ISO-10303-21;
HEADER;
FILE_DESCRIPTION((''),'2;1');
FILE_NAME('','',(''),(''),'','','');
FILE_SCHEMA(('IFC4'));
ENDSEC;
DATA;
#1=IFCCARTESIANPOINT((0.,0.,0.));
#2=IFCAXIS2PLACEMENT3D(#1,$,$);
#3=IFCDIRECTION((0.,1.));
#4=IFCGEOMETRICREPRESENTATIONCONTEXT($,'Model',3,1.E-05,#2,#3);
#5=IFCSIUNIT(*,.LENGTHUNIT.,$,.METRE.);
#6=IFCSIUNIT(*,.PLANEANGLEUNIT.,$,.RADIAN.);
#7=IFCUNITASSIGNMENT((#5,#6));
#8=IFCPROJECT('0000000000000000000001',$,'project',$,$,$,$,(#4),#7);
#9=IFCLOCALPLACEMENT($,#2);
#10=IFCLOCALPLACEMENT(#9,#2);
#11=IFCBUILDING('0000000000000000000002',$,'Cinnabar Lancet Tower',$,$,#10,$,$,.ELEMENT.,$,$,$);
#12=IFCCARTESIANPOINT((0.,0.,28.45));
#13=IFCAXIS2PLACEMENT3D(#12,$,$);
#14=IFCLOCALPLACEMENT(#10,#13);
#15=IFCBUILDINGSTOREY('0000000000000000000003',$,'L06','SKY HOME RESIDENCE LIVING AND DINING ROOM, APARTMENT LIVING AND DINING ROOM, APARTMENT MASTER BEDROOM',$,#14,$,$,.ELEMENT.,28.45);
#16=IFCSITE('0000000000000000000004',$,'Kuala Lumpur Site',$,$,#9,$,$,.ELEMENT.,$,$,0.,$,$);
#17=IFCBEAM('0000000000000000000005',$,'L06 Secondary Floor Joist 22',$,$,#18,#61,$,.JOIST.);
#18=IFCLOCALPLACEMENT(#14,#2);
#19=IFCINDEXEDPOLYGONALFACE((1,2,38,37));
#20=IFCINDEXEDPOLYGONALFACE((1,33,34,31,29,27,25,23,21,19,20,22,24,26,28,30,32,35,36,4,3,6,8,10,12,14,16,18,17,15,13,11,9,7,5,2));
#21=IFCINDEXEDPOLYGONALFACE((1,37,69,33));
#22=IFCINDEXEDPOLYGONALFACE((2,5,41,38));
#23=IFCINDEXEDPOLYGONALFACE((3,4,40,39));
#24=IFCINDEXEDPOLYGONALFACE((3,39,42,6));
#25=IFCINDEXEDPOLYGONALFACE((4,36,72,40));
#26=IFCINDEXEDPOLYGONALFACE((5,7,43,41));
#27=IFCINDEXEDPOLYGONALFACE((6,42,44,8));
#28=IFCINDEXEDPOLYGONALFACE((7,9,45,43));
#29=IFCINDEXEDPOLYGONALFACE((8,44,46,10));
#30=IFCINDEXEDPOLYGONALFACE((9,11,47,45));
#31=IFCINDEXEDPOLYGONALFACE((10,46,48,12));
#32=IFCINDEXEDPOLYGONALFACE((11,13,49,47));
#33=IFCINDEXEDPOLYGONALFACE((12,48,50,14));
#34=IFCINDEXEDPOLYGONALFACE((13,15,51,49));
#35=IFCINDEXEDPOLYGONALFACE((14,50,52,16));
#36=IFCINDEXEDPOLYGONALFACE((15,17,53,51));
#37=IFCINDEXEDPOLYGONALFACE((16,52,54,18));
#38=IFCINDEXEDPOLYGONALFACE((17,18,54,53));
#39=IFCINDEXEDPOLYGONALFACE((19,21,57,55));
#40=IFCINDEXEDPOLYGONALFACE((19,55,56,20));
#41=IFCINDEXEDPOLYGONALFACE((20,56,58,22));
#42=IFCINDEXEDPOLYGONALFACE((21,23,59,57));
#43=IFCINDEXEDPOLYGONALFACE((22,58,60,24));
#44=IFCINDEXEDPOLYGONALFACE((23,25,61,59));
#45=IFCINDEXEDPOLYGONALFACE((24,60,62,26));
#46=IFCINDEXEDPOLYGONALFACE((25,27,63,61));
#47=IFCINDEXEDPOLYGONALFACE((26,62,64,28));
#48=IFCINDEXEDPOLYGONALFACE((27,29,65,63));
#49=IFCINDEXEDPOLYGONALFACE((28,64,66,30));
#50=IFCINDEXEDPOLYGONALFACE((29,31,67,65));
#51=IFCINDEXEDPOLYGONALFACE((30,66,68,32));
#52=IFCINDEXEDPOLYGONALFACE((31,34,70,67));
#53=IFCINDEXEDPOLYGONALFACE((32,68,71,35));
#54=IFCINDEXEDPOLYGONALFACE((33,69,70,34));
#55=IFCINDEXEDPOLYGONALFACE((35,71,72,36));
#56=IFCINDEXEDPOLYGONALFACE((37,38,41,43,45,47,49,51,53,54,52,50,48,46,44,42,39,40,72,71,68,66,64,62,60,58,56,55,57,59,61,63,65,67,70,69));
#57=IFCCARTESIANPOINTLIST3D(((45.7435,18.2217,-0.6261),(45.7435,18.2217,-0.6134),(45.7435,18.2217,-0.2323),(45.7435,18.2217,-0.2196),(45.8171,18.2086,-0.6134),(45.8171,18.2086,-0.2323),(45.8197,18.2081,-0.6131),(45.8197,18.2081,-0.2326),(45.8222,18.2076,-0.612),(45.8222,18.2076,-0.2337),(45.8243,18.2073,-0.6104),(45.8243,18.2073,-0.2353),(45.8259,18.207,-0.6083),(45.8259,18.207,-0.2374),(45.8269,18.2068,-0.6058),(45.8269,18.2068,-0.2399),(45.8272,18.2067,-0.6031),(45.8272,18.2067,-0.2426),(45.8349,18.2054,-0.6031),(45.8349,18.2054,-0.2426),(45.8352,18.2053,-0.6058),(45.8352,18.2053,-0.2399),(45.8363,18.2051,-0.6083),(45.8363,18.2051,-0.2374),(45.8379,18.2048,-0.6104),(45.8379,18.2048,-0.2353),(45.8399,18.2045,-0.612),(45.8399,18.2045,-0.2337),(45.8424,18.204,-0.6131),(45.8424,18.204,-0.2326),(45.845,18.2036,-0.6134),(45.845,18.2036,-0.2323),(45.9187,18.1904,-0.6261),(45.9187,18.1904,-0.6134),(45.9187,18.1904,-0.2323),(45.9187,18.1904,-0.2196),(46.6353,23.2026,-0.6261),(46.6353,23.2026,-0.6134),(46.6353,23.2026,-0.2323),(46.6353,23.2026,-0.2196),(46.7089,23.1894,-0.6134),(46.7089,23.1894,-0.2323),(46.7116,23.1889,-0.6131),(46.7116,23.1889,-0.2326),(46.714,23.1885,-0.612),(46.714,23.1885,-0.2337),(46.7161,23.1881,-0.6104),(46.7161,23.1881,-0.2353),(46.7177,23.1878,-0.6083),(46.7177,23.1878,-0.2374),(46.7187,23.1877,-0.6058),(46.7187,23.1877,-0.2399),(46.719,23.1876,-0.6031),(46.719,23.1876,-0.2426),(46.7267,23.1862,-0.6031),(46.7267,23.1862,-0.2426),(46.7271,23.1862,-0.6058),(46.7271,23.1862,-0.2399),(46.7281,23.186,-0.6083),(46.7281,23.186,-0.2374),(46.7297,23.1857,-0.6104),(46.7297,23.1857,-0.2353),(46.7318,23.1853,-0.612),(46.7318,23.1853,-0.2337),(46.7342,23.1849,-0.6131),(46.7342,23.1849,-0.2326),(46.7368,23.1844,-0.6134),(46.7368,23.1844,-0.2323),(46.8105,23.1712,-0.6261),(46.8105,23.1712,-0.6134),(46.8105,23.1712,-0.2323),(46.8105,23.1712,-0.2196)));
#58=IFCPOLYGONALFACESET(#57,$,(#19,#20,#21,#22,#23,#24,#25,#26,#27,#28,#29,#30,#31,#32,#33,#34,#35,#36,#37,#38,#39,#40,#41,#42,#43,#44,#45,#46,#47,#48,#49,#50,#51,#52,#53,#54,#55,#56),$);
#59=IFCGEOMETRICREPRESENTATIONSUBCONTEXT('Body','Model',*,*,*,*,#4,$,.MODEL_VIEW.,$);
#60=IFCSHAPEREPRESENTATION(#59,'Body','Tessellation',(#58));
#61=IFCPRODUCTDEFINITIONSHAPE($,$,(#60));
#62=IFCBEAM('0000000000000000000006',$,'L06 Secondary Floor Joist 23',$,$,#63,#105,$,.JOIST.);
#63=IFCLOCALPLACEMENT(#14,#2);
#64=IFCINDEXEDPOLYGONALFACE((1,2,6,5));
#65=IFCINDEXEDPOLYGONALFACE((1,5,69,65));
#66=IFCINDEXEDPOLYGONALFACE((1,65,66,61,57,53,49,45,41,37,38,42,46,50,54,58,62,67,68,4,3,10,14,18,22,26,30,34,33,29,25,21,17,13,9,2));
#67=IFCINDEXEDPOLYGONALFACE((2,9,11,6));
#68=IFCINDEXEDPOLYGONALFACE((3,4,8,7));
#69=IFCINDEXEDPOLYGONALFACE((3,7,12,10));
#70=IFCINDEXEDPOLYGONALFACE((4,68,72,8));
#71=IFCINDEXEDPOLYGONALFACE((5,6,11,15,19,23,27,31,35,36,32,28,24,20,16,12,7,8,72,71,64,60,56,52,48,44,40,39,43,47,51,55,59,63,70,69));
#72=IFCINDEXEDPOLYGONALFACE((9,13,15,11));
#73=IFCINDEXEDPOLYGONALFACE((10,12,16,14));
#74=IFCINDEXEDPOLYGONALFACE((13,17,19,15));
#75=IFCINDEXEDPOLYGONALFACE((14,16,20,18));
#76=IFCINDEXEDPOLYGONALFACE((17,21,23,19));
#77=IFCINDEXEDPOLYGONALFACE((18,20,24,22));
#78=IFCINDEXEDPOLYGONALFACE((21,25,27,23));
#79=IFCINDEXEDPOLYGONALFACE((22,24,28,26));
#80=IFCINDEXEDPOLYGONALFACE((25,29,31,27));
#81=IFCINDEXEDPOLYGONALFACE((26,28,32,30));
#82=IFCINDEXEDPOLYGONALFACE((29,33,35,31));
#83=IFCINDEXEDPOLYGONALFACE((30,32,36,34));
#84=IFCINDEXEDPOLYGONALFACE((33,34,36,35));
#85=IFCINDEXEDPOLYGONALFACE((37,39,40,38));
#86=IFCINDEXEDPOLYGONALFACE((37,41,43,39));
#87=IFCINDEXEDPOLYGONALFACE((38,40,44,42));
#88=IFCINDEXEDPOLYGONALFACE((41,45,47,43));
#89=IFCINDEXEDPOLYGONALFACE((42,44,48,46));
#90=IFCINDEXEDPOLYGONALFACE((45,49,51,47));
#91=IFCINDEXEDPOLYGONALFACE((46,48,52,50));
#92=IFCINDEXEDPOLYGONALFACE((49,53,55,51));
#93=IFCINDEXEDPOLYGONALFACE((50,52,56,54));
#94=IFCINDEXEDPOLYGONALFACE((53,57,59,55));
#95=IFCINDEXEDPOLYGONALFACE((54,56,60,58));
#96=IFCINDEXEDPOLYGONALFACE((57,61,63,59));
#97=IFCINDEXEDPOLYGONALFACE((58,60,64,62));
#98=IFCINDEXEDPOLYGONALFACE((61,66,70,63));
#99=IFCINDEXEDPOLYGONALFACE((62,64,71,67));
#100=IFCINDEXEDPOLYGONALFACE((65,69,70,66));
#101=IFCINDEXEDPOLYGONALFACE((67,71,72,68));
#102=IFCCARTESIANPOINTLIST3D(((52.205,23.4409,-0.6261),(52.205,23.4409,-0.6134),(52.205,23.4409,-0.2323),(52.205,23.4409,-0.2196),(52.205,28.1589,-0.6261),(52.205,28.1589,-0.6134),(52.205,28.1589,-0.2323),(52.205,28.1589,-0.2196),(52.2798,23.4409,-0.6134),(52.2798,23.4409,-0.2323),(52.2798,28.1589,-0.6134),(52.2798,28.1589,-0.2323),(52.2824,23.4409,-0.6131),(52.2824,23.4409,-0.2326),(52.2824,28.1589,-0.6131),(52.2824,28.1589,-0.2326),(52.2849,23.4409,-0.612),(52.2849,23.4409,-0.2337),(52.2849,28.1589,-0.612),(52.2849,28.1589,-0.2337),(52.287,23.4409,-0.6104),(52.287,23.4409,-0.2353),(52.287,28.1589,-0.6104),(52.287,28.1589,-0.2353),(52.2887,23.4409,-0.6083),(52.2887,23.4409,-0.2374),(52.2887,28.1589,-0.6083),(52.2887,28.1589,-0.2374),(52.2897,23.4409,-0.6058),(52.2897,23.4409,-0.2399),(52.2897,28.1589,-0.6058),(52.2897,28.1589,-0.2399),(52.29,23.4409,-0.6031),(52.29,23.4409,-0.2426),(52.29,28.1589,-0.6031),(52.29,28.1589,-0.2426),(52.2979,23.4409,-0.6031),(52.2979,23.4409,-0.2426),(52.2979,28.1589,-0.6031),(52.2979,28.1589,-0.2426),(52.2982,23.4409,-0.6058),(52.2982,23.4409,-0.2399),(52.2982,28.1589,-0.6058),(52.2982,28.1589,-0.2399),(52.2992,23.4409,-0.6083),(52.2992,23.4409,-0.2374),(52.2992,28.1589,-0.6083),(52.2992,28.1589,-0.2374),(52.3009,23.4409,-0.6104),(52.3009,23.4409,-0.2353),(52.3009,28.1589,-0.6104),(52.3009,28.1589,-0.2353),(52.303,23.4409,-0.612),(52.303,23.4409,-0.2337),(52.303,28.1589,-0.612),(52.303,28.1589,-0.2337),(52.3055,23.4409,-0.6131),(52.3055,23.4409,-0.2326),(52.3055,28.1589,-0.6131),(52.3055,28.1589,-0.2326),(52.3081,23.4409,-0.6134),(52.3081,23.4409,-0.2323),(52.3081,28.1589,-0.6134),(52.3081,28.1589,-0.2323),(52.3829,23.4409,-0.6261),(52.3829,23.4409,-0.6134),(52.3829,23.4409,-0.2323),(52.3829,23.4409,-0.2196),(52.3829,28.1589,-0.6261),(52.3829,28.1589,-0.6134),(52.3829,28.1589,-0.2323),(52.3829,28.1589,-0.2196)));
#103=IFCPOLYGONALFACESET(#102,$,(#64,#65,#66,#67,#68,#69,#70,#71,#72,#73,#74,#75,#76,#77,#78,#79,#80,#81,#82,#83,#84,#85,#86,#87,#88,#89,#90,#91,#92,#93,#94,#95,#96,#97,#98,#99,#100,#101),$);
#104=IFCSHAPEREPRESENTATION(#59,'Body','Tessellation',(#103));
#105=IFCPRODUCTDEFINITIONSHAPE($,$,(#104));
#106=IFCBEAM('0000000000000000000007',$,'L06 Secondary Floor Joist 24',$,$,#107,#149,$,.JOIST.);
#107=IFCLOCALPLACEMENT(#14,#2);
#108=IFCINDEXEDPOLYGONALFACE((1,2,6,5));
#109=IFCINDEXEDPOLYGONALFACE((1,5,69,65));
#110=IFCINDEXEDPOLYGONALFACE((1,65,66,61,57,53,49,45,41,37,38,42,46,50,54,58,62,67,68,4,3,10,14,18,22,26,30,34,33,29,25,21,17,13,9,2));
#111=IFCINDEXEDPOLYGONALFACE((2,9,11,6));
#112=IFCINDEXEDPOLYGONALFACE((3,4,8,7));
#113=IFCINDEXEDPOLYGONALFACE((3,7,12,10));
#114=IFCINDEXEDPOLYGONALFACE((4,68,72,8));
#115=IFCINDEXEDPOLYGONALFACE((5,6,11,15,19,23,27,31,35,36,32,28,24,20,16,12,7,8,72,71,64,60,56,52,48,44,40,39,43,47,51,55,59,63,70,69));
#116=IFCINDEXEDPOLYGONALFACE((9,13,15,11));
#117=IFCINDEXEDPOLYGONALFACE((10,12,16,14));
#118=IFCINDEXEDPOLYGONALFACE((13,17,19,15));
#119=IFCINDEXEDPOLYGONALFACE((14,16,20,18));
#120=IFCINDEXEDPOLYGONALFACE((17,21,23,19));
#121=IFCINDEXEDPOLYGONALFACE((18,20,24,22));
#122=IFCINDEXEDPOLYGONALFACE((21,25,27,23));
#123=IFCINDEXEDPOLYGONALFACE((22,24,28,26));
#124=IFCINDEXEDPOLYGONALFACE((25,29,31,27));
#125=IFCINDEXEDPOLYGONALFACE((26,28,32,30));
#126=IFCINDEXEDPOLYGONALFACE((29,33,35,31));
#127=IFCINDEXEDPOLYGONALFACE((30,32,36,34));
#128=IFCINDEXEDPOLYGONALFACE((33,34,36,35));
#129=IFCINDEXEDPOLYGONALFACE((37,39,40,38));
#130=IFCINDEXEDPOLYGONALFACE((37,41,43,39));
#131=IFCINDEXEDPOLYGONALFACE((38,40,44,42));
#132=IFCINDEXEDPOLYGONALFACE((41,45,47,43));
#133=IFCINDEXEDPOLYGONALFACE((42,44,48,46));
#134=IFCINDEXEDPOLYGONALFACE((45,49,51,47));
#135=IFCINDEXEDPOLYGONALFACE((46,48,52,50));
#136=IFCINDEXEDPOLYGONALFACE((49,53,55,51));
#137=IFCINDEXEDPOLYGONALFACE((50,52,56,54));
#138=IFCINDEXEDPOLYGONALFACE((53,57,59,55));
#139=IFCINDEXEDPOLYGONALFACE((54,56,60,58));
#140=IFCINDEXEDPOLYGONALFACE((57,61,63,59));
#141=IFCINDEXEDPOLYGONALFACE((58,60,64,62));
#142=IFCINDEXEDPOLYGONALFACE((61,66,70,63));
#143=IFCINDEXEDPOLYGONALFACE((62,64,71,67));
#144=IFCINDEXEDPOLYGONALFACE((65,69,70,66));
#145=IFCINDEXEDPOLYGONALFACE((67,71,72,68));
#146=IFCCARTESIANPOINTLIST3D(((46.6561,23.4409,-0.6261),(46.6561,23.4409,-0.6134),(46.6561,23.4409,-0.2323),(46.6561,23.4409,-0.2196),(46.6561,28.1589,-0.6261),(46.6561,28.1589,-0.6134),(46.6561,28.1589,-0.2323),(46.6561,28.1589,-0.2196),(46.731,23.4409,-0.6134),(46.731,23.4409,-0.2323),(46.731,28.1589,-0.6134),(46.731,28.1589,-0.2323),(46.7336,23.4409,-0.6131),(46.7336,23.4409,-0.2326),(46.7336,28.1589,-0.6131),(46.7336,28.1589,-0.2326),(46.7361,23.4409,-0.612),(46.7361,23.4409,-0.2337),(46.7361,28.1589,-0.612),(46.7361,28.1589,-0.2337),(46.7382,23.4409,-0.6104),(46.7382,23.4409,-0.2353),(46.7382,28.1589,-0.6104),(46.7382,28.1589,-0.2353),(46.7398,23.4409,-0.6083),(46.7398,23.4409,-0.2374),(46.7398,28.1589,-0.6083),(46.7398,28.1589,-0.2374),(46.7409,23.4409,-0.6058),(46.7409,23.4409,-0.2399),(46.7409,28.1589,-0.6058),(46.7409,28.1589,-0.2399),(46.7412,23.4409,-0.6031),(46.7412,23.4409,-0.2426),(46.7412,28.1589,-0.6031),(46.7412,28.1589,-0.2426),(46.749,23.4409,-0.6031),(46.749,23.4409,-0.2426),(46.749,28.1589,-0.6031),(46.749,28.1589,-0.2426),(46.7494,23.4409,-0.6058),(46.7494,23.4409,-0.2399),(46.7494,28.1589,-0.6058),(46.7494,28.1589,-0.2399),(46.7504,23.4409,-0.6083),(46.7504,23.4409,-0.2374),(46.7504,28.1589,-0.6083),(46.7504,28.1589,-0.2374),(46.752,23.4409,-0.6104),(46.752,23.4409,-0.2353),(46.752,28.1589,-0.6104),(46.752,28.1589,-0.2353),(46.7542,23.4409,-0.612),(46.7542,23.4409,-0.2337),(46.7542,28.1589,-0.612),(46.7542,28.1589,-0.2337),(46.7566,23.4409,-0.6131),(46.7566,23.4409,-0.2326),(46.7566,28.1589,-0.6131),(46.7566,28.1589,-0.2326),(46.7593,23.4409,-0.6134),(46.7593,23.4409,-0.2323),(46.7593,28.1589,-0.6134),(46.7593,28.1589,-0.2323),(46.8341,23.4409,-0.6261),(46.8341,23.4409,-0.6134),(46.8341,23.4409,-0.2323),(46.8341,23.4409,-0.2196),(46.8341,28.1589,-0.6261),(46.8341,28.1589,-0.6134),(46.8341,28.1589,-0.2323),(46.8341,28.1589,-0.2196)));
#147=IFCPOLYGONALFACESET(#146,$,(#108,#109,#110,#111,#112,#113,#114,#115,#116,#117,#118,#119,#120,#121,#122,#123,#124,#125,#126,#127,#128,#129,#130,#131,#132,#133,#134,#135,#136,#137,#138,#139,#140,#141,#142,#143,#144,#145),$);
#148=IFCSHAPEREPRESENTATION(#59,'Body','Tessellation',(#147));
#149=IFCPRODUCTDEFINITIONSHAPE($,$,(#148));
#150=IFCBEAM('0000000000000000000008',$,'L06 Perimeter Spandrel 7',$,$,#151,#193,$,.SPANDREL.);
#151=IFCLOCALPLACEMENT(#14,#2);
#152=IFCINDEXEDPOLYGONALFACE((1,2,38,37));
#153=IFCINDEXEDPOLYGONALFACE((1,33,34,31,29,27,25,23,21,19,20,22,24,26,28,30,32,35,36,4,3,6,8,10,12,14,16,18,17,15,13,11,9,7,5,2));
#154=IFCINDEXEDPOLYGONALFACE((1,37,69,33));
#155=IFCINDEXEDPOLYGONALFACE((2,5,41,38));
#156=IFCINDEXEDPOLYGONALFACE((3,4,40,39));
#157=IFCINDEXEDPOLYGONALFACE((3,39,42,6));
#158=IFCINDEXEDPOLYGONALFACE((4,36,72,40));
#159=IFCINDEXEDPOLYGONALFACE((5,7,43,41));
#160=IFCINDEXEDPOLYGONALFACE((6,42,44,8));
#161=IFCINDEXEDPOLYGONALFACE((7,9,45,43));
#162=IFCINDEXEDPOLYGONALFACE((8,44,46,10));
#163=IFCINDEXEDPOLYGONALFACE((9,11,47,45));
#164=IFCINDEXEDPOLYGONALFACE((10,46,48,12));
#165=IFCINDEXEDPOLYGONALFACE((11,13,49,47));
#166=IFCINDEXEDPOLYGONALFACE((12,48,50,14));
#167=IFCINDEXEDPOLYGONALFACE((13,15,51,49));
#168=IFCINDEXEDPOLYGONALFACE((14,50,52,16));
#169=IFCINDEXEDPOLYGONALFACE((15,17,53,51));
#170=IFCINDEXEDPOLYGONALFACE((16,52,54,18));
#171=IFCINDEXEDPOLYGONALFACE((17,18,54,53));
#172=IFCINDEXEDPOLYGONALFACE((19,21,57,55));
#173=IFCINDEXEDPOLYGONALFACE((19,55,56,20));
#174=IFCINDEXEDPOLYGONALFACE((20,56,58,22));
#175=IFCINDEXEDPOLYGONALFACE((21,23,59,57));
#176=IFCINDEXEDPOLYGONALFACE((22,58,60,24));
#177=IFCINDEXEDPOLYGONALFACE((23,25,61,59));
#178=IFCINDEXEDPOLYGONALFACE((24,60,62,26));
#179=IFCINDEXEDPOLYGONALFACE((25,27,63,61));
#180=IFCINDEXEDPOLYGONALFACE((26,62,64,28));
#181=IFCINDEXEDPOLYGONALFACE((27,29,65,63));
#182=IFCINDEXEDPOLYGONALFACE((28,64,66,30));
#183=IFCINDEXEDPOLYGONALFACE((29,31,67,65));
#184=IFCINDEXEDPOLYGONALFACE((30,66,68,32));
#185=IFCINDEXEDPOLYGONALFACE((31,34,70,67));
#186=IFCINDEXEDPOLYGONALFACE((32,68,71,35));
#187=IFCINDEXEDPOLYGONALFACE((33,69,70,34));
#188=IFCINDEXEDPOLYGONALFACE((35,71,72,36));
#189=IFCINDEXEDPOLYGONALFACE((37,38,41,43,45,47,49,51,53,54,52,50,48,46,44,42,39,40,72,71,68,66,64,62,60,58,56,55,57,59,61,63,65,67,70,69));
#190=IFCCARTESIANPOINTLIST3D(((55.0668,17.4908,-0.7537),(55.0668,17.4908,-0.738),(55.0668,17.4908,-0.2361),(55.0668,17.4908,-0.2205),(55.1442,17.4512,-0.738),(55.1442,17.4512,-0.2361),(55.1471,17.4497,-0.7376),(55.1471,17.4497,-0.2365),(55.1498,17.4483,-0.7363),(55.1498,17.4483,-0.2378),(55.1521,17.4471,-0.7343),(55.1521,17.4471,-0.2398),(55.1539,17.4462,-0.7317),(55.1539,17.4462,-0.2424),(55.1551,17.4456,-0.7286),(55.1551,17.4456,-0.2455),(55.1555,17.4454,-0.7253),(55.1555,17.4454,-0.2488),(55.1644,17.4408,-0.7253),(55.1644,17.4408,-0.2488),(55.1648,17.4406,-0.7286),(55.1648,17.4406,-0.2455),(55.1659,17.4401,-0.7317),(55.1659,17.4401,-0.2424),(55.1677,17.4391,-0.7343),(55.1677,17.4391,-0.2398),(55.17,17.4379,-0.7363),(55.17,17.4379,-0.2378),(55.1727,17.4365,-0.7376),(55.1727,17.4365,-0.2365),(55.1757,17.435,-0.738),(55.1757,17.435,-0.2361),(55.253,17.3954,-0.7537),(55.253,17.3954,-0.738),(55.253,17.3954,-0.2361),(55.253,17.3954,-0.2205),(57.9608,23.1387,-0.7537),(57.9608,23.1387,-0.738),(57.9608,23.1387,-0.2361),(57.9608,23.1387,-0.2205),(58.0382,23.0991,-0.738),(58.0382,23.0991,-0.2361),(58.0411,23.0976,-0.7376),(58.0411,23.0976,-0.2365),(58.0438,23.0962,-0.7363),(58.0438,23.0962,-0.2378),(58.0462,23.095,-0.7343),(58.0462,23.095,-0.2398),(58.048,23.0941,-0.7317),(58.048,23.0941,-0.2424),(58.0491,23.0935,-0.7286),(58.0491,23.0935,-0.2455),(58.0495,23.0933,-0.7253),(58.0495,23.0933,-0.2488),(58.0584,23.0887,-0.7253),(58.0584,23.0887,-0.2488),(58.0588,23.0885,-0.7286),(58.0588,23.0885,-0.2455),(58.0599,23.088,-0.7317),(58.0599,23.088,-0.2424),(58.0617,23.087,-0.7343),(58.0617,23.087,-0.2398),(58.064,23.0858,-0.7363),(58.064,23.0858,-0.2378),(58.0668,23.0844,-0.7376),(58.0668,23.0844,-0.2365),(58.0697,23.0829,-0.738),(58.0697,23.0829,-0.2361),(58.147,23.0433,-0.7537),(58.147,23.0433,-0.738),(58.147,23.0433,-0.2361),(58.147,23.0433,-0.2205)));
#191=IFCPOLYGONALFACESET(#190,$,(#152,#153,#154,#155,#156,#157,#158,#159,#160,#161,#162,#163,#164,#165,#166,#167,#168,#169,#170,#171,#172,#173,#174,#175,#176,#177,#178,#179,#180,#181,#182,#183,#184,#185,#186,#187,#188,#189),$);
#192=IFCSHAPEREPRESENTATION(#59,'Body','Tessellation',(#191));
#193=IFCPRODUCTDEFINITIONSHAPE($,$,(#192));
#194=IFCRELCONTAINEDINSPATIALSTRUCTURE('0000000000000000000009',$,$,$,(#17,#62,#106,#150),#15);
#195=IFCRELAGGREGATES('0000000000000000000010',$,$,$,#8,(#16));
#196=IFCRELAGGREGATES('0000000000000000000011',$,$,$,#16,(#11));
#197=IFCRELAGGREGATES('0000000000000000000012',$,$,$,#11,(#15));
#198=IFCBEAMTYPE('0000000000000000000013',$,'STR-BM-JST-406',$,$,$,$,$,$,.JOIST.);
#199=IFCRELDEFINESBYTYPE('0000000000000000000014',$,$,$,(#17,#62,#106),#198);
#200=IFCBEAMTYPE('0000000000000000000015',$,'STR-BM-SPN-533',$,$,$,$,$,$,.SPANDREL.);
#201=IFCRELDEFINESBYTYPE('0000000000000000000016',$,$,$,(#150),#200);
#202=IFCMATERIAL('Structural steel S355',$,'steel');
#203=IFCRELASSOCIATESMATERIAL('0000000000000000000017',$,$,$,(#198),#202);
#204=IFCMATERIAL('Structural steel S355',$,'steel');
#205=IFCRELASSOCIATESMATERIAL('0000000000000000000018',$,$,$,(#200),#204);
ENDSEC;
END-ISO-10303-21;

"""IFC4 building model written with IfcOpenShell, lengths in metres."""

from ifc_helpers import new_model, si_unit, direction, frame, origin, origin_2d, place, context, subcontext, project, spatial, i_section, extrude, material, material_profile, profile_set, type_object, element, save


model = new_model("IFC4")

# Units and contexts
model_context = context("Model", 3, precision=1e-05, world=origin(), true_north=direction((0.0, 1.0)))
body_context = subcontext(model_context, "Body", "Model", "MODEL_VIEW")
ifc_project = project(units=[si_unit("LENGTHUNIT", "METRE"), si_unit("PLANEANGLEUNIT", "RADIAN")], contexts=[model_context])

# Site, building, storey
site_placement = place(None, origin())
site = spatial("IfcSite", under=ifc_project, at=site_placement, Name="Kuala Lumpur Site", CompositionType="ELEMENT", RefElevation=0.0)
building_placement = place(site_placement, origin())
building = spatial("IfcBuilding", under=site, at=building_placement, Name="Cinnabar Lancet Tower", CompositionType="ELEMENT")
storey_placement = place(building_placement, frame((0.0, 0.0, 28.45)))
storey = spatial("IfcBuildingStorey", under=building, at=storey_placement, Name="L06", Description="SKY HOME RESIDENCE LIVING AND DINING ROOM, APARTMENT LIVING AND DINING ROOM, APARTMENT MASTER BEDROOM", CompositionType="ELEMENT", Elevation=28.45)

# Beams
ifc_material_1 = material(Name="Structural steel S355", Category="steel")
ifc_material_profile_1 = material_profile(ifc_material_1, i_section(OverallWidth=0.178, OverallDepth=0.4065, WebThickness=0.0078, FlangeThickness=0.0127, FilletRadius=0.0103, at=origin_2d()), Name="UKB 406x178x60")
ifc_profile_set_1 = profile_set([ifc_material_profile_1], Name="Structural steel S355")
beam_type_1 = type_object("IfcBeamType", Name="STR-BM-JST-406", PredefinedType="JOIST", material=ifc_profile_set_1)
beam_1_placement = place(storey_placement, frame((45.8311, 18.2061, -0.4229), z_axis=(0.176248, 0.984346, 0.0), x_axis=(-0.984346, 0.176248, 0.0)))
element("IfcBeam", 1, at=beam_1_placement, inside=storey, type_object=beam_type_1, Name="L06 Secondary Floor Joist 22", PredefinedType="JOIST", context=body_context, shape_type="SweptSolid", body=[
    extrude(i_section(OverallWidth=0.178, OverallDepth=0.4065, WebThickness=0.0078, FlangeThickness=0.0127, FilletRadius=0.0103, at=origin_2d()), origin(), (0.0, 0.0, 1.0), 5.0601),
])
for number, where, z_axis, x_axis, name in (
    (2, (52.2939, 23.4409, -0.4229), (0.0, 1.0, 0.0), (-1.0, 0.0, 0.0), "L06 Secondary Floor Joist 23"),
    (3, (46.7451, 23.4409, -0.4229), (0.0, 1.0, 0.0), (-1.0, 0.0, 0.0), "L06 Secondary Floor Joist 24"),
):
    element("IfcBeam", number, at=place(storey_placement, frame(where, z_axis=z_axis, x_axis=x_axis)), inside=storey, type_object=beam_type_1, Name=name, PredefinedType="JOIST", context=body_context, shape_type="SweptSolid", body=[
        extrude(i_section(OverallWidth=0.178, OverallDepth=0.4065, WebThickness=0.0078, FlangeThickness=0.0127, FilletRadius=0.0103, at=origin_2d()), origin(), (0.0, 0.0, 1.0), 4.718),
    ])
ifc_material_2 = material(Name="Structural steel S355", Category="steel")
ifc_material_profile_2 = material_profile(ifc_material_2, i_section(OverallWidth=0.2092, OverallDepth=0.5332, WebThickness=0.01, FlangeThickness=0.0156, FilletRadius=0.0127, at=origin_2d()), Name="UKB 533x210x92")
ifc_profile_set_2 = profile_set([ifc_material_profile_2], Name="Structural steel S355")
beam_type_2 = type_object("IfcBeamType", Name="STR-BM-SPN-533", PredefinedType="SPANDREL", material=ifc_profile_set_2)
beam_2_placement = place(storey_placement, frame((55.1599, 17.4431, -0.4871), z_axis=(0.456025, 0.889967, 0.0), x_axis=(-0.889967, 0.456025, 0.0)))
element("IfcBeam", 4, at=beam_2_placement, inside=storey, type_object=beam_type_2, Name="L06 Perimeter Spandrel 7", PredefinedType="SPANDREL", context=body_context, shape_type="SweptSolid", body=[
    extrude(i_section(OverallWidth=0.2092, OverallDepth=0.5332, WebThickness=0.01, FlangeThickness=0.0156, FilletRadius=0.0127, at=origin_2d()), origin(), (0.0, 0.0, 1.0), 6.3462),
])

save(model, "model.ifc")
